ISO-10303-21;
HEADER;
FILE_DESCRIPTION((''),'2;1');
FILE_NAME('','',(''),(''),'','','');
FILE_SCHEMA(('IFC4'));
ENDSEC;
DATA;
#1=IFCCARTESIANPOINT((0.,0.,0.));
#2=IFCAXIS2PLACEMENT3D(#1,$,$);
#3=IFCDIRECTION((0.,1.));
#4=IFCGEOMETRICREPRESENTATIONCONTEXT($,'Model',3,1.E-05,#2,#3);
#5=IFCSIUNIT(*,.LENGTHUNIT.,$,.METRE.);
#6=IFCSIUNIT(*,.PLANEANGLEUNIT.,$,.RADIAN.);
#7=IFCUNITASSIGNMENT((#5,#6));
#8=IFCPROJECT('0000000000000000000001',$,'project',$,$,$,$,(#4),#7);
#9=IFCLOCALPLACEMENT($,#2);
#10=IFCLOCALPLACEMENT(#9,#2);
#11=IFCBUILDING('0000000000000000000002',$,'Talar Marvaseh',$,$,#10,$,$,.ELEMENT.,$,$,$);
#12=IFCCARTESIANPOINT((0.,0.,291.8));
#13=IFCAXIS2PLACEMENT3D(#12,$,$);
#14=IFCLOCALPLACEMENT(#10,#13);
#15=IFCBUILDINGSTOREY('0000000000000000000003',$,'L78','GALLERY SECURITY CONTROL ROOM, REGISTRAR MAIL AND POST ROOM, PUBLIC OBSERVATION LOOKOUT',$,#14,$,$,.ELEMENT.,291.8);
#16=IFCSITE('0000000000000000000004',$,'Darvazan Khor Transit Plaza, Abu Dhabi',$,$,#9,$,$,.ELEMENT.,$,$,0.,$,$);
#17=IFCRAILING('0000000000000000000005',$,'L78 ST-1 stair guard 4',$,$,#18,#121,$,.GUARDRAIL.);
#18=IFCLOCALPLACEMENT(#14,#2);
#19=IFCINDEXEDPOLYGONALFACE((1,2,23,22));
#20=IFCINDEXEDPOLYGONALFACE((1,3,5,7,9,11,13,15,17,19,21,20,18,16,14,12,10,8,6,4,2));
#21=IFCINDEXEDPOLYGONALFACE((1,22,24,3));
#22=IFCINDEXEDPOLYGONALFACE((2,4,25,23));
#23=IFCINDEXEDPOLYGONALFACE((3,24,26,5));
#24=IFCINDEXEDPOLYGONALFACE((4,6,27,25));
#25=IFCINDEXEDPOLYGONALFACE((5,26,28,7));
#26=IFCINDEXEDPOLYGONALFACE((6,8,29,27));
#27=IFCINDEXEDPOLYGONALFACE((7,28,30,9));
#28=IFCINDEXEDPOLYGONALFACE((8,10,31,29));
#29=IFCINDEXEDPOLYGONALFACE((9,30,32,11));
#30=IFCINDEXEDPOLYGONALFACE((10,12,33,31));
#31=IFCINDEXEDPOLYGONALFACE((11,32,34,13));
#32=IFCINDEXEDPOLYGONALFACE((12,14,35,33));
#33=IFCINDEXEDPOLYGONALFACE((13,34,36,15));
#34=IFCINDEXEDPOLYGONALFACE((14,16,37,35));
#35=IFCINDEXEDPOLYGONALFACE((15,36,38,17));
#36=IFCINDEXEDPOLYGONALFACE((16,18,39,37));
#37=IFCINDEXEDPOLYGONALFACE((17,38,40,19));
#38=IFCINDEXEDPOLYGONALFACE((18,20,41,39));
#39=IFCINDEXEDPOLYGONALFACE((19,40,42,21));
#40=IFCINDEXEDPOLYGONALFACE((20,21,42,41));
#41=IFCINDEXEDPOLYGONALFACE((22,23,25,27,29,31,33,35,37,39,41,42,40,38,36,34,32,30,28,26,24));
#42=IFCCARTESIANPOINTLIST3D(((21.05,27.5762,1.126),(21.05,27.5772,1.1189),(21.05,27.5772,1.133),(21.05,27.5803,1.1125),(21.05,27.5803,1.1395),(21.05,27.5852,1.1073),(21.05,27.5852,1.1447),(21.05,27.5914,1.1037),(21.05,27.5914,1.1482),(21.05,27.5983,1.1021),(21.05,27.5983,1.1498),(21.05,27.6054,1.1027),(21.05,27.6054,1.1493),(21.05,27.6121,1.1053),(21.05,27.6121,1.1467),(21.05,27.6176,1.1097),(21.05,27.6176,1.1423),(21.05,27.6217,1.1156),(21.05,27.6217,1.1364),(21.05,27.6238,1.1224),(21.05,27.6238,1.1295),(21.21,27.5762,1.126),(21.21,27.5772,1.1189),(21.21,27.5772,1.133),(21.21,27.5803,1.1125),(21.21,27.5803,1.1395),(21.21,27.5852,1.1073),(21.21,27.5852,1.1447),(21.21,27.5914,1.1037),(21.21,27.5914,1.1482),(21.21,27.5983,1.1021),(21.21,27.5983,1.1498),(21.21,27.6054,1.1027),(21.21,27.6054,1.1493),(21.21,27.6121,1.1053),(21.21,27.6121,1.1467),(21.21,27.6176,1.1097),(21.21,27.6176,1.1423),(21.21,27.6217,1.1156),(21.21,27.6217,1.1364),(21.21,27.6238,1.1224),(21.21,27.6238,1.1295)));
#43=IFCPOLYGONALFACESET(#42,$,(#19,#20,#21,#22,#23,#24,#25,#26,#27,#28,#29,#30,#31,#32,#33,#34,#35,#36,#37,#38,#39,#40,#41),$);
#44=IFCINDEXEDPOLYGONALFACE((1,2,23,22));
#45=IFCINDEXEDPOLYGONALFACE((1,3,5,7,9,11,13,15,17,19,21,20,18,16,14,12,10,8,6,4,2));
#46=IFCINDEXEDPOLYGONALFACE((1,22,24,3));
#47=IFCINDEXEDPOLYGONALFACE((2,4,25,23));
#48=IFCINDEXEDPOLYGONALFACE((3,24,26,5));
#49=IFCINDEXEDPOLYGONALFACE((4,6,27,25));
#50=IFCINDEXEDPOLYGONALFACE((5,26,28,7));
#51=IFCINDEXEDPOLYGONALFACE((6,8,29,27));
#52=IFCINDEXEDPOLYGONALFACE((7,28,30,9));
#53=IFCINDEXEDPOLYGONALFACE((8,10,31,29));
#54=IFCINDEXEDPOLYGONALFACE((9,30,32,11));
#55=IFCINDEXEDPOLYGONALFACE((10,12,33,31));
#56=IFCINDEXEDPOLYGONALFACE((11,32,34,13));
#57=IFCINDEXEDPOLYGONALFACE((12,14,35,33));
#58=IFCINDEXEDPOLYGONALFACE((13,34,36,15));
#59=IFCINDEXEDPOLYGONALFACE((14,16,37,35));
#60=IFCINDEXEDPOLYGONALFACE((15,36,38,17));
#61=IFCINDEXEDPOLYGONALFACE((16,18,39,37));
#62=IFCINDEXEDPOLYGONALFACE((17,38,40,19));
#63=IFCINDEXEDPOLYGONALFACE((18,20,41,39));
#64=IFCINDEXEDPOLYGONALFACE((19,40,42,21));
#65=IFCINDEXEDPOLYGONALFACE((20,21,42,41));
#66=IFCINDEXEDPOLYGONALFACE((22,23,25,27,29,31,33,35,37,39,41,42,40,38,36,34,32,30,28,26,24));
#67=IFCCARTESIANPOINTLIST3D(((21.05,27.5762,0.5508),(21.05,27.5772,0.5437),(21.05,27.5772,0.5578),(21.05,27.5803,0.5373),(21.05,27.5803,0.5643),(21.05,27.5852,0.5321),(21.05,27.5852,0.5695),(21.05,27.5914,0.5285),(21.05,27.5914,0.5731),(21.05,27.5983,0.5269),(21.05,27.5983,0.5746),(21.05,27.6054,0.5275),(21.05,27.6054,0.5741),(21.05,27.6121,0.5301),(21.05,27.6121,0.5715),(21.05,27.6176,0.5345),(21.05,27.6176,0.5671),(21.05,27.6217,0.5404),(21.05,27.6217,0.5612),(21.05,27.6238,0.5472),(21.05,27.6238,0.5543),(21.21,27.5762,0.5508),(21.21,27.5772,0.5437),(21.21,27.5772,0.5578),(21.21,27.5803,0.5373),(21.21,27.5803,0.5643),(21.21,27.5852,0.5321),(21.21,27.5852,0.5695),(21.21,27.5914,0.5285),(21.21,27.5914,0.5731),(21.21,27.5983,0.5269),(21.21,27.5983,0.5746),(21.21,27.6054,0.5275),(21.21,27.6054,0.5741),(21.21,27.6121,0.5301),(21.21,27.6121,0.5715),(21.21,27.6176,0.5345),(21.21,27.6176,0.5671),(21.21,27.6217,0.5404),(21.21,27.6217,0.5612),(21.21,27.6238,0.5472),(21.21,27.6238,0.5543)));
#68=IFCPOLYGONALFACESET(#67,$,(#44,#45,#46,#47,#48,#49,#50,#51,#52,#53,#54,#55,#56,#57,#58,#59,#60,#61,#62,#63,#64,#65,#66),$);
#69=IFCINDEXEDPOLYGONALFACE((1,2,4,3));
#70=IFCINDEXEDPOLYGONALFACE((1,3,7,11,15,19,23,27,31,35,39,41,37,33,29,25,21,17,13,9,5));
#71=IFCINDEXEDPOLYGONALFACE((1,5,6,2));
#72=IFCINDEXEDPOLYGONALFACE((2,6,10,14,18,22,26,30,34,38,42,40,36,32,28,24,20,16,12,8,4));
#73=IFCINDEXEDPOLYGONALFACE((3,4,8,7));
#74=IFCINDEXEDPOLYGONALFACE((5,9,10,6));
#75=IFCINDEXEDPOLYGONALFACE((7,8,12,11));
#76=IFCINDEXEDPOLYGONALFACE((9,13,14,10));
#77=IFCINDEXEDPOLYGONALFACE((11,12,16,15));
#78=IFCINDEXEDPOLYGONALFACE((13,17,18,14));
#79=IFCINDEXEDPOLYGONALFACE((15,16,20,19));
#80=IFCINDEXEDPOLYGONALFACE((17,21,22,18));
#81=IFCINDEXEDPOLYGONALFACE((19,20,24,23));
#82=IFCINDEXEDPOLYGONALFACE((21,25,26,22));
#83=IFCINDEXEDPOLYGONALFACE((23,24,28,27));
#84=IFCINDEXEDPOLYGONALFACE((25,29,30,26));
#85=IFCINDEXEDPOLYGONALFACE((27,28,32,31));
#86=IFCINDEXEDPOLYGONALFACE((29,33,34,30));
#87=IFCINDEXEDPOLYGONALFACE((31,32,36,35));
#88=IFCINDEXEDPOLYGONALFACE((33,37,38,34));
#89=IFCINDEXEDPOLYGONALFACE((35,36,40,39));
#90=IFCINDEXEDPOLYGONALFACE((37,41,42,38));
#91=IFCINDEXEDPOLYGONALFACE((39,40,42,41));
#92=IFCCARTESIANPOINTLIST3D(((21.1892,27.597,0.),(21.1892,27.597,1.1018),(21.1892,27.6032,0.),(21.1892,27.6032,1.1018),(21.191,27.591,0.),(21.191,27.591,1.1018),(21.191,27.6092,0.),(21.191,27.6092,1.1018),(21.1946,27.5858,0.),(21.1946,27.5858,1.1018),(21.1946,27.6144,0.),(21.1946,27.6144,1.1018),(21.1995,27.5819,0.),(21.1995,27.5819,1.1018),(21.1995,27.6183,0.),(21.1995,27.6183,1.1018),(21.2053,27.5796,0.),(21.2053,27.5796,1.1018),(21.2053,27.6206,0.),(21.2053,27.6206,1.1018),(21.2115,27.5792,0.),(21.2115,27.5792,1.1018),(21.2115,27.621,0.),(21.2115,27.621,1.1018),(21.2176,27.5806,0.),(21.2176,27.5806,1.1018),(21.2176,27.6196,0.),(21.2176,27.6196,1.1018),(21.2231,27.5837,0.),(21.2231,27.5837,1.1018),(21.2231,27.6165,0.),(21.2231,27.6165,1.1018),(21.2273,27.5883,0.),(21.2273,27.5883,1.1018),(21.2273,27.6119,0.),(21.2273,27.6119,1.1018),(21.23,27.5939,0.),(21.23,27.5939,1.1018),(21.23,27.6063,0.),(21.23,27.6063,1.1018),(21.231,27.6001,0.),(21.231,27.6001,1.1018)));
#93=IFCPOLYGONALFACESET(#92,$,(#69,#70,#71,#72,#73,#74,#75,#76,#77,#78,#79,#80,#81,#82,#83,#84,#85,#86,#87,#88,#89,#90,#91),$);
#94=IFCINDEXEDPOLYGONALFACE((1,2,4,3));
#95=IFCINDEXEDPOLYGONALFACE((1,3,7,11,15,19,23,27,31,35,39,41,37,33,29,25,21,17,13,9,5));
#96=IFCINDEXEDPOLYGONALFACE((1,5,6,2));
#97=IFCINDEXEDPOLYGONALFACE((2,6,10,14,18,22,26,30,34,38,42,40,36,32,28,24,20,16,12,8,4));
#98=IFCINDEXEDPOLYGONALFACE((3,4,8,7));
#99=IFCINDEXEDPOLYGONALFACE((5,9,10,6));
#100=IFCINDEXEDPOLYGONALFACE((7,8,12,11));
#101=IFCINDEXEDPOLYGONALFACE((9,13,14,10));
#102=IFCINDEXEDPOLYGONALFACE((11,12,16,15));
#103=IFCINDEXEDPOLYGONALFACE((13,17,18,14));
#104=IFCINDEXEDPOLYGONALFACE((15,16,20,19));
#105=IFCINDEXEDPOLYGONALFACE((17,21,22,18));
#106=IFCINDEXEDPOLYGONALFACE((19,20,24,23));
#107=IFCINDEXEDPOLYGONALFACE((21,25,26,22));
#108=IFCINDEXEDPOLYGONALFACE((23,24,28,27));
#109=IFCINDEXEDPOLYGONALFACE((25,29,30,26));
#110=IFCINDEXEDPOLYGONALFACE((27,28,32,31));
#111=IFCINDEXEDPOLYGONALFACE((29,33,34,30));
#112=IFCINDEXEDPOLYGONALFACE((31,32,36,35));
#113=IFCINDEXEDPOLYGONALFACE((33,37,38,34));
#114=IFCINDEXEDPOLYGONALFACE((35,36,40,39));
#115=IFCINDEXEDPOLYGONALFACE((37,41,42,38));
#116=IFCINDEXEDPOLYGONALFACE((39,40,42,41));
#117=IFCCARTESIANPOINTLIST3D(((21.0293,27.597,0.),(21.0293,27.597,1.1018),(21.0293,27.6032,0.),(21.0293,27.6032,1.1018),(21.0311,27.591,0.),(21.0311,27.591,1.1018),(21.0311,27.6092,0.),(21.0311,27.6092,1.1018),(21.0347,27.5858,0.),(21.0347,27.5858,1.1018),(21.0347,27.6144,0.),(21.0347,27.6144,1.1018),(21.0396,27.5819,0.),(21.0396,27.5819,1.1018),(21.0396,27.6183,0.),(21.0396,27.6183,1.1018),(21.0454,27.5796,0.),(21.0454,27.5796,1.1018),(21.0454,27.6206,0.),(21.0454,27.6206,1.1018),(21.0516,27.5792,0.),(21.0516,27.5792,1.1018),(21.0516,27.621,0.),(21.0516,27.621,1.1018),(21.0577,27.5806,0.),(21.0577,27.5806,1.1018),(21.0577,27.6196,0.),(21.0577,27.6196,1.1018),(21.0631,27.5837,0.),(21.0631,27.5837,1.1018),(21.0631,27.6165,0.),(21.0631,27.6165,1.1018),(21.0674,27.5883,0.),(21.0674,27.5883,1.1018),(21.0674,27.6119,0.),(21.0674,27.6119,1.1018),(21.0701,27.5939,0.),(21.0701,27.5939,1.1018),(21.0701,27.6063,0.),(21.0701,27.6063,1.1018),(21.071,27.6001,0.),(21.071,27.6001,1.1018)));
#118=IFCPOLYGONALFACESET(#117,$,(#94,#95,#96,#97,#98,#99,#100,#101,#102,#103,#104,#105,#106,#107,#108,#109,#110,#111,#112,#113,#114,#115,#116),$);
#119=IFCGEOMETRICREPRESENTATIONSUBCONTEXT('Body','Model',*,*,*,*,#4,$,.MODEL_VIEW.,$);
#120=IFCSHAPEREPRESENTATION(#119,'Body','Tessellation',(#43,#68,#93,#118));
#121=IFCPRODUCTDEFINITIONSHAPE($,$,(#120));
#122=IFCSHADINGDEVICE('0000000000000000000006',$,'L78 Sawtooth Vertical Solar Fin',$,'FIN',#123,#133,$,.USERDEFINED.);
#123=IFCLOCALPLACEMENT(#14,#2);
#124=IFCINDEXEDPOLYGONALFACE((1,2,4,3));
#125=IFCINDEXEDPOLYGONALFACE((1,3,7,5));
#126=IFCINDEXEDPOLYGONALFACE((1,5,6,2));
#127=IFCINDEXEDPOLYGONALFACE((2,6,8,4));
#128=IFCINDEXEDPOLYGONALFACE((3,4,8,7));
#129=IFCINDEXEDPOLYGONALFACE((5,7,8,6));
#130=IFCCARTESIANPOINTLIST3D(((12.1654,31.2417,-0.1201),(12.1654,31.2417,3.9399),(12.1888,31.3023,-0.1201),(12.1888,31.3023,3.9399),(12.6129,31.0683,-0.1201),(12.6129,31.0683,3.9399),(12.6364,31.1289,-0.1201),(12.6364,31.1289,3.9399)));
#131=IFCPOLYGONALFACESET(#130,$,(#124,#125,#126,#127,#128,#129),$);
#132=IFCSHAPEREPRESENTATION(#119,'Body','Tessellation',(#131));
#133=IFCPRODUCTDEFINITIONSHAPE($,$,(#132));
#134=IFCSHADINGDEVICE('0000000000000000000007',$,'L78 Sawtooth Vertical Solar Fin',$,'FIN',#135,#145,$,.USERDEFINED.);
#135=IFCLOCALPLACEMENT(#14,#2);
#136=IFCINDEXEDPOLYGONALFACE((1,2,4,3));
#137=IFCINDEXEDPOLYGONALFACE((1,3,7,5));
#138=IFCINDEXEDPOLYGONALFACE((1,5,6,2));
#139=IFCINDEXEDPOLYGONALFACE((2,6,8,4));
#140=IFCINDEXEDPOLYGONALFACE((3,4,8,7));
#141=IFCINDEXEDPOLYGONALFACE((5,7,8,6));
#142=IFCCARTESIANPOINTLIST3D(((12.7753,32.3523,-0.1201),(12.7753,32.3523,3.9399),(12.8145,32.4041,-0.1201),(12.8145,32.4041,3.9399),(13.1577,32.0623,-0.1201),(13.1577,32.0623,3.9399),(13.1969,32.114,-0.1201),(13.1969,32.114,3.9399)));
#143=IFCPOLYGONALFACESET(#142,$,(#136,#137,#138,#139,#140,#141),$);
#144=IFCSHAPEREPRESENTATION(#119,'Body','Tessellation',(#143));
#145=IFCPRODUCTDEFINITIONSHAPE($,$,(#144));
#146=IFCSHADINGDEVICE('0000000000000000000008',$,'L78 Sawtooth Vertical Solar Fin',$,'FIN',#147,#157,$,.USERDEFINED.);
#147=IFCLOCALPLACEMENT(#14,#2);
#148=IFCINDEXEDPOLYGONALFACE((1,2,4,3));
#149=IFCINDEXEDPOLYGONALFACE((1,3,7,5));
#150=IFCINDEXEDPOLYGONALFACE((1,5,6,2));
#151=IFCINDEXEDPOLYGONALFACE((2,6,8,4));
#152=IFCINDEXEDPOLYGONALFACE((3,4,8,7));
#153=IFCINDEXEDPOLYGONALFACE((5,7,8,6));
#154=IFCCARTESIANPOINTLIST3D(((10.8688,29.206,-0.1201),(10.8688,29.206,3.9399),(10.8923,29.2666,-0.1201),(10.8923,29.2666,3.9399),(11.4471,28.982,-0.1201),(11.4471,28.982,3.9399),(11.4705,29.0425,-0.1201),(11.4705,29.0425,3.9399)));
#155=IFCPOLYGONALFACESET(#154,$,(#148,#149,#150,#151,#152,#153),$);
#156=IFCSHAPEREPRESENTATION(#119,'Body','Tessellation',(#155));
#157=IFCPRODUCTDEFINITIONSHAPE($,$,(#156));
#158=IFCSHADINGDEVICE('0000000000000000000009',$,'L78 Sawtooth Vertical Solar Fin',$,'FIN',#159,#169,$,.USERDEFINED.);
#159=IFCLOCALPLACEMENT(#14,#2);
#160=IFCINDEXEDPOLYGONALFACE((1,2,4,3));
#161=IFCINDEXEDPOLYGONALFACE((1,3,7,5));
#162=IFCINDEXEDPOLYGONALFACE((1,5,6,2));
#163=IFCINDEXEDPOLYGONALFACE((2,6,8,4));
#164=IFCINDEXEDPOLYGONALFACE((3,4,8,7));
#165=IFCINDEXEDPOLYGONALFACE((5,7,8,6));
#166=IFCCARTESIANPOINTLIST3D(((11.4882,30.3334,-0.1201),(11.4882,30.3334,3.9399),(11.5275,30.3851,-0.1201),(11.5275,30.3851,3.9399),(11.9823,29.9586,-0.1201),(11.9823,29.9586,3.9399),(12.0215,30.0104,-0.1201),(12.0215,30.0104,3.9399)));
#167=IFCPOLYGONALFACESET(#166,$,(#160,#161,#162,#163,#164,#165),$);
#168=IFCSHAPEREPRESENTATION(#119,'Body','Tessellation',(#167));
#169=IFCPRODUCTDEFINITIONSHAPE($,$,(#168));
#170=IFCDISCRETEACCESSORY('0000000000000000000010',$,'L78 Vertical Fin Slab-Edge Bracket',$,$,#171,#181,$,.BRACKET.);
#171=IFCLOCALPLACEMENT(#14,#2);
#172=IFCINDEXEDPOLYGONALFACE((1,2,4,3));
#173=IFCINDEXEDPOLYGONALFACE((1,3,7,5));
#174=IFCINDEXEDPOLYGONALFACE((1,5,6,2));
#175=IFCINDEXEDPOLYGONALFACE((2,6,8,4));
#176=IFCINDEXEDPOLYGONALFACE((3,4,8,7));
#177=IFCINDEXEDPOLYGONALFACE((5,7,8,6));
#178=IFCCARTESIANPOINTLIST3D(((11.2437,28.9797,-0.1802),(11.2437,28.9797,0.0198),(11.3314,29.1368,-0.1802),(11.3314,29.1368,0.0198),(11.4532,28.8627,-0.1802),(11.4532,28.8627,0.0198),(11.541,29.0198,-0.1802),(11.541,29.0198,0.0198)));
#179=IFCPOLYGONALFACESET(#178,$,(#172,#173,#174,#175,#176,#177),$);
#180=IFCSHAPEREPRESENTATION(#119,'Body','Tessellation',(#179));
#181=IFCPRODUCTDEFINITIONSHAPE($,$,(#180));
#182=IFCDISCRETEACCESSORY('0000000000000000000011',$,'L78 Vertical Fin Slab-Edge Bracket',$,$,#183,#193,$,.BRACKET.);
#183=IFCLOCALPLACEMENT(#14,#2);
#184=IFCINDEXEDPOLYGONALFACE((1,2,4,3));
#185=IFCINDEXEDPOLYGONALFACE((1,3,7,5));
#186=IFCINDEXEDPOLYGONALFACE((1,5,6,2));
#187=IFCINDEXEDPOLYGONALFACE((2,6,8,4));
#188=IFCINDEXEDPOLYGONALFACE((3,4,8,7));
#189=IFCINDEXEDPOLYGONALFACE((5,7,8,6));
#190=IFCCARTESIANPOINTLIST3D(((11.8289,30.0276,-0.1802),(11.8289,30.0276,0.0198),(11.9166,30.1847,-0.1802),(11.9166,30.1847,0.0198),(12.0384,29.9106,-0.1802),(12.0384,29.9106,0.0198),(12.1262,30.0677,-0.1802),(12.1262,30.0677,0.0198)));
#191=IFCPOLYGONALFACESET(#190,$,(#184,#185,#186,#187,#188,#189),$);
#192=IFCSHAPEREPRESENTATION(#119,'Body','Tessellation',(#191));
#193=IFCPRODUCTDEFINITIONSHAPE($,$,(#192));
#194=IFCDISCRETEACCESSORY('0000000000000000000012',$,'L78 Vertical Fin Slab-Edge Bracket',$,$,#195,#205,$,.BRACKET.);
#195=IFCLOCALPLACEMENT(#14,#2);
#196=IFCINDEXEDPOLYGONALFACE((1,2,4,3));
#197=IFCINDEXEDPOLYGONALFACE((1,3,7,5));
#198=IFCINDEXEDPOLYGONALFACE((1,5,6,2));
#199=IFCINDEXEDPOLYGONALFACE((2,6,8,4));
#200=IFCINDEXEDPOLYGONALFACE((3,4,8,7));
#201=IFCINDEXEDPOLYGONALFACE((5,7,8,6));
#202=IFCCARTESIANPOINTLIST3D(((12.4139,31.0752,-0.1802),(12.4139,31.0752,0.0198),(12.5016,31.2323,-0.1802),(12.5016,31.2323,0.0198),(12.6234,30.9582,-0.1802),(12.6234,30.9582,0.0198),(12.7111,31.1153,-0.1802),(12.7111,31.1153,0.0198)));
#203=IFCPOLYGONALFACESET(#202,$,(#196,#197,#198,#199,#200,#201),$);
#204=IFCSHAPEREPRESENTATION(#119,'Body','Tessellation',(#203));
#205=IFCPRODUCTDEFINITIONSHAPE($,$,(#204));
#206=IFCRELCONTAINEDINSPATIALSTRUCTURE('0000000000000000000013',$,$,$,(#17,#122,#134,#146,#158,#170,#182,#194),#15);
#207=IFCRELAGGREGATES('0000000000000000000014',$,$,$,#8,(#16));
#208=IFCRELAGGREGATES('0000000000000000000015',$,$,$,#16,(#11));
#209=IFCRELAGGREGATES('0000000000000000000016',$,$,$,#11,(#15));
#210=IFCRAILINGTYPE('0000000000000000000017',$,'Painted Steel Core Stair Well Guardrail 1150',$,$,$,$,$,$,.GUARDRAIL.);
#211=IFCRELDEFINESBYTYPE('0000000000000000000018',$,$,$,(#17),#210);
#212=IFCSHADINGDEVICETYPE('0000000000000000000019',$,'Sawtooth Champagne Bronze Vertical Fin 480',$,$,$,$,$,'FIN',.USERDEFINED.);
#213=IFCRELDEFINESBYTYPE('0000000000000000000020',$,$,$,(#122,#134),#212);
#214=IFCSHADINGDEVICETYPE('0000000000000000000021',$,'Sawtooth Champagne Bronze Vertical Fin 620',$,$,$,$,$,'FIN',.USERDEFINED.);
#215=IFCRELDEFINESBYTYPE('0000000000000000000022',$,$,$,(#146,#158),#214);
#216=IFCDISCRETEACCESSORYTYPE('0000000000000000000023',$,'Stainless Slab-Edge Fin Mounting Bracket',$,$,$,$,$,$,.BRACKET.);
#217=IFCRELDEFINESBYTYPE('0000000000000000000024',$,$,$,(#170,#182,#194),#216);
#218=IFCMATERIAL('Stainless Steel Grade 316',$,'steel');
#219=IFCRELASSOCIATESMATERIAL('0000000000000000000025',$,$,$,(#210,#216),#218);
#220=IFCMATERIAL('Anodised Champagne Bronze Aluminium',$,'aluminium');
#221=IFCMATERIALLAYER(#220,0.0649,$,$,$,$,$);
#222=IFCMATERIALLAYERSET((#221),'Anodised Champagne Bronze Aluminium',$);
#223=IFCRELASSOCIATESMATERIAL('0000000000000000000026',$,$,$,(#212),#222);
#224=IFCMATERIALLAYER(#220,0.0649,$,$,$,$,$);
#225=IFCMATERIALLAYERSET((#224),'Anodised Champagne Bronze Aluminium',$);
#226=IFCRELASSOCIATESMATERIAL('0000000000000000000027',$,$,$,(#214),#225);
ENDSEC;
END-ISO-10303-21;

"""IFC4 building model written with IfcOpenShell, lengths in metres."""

from ifc_helpers import new_model, si_unit, direction, frame, origin, origin_2d, place, context, subcontext, project, spatial, rectangle, circle, extrude, source, transform, mapped, material, layer, layer_set, type_object, type_shapes, element, save


model = new_model("IFC4")

# Units and contexts
model_context = context("Model", 3, precision=1e-05, world=origin(), true_north=direction((0.0, 1.0)))
body_context = subcontext(model_context, "Body", "Model", "MODEL_VIEW")
ifc_project = project(units=[si_unit("LENGTHUNIT", "METRE"), si_unit("PLANEANGLEUNIT", "RADIAN")], contexts=[model_context])

# Site, building, storey
site_placement = place(None, origin())
site = spatial("IfcSite", under=ifc_project, at=site_placement, Name="Darvazan Khor Transit Plaza, Abu Dhabi", CompositionType="ELEMENT", RefElevation=0.0)
building_placement = place(site_placement, origin())
building = spatial("IfcBuilding", under=site, at=building_placement, Name="Talar Marvaseh", CompositionType="ELEMENT")
storey_placement = place(building_placement, frame((0.0, 0.0, 291.8)))
storey = spatial("IfcBuildingStorey", under=building, at=storey_placement, Name="L78", Description="GALLERY SECURITY CONTROL ROOM, REGISTRAR MAIL AND POST ROOM, PUBLIC OBSERVATION LOOKOUT", CompositionType="ELEMENT", Elevation=291.8)

# Railing
ifc_material_1 = material(Name="Stainless Steel Grade 316", Category="steel")
railing_type_1 = type_object("IfcRailingType", Name="Painted Steel Core Stair Well Guardrail 1150", PredefinedType="GUARDRAIL", material=ifc_material_1)
railing_1_placement = place(storey_placement, frame((21.21, 27.6001, 0.0)))
element("IfcRailing", 1, at=railing_1_placement, inside=storey, type_object=railing_type_1, Name="L78 ST-1 stair guard 4", PredefinedType="GUARDRAIL", context=body_context, shape_type="SweptSolid", body=[
    extrude(circle(Radius=0.0239, at=origin_2d()), frame((0.0, 0.0, 1.126), z_axis=(-1.0, 0.0, 0.0), x_axis=(0.0, -1.0, 0.0)), (0.0, 0.0, 1.0), 0.1599),
    extrude(circle(Radius=0.0239, at=origin_2d()), frame((0.0, 0.0, 0.5508), z_axis=(-1.0, 0.0, 0.0), x_axis=(0.0, -1.0, 0.0)), (0.0, 0.0, 1.0), 0.1599),
    extrude(circle(Radius=0.021, at=origin_2d()), origin(), (0.0, 0.0, 1.0), 1.1018),
    extrude(circle(Radius=0.021, at=origin_2d()), frame((-0.1599, 0.0, 0.0)), (0.0, 0.0, 1.0), 1.1018),
])

# Shading devices
ifc_material_2 = material(Name="Anodised Champagne Bronze Aluminium", Category="aluminium")
ifc_layer_1 = layer(ifc_material_2, 0.0649)
ifc_layer_set_1 = layer_set([ifc_layer_1], Name="Anodised Champagne Bronze Aluminium")
shading_device_type_1 = type_object("IfcShadingDeviceType", Name="Sawtooth Champagne Bronze Vertical Fin 480", ElementType="FIN", PredefinedType="USERDEFINED", material=ifc_layer_set_1)
shared_shape_1 = source(origin(), body_context, "Body", "SweptSolid", [
    extrude(rectangle(XDim=0.48, YDim=0.0649, at=origin_2d()), origin(), (0.0, 0.0, 1.0), 4.0601),
])
type_shapes(shading_device_type_1, [shared_shape_1])
for number, where, z_axis, x_axis, name in (
    (2, (12.4009, 31.1853, -0.1201), (0.0, 0.0, 1.0), (-0.93245, 0.361299, 0.0), "L78 Sawtooth Vertical Solar Fin"),
    (3, (12.9861, 32.2332, -0.1201), (0.0, 0.0, 1.0), (-0.796741, 0.604321, 0.0), "L78 Sawtooth Vertical Solar Fin"),
):
    element("IfcShadingDevice", number, at=place(storey_placement, frame(where, z_axis=z_axis, x_axis=x_axis)), inside=storey, type_object=shading_device_type_1, Name=name, ObjectType="FIN", PredefinedType="USERDEFINED", context=body_context, shape_type="MappedRepresentation", body=[
        mapped(shared_shape_1, transform((0.0, 0.0, 0.0), x_axis=(1.0, 0.0, 0.0), y_axis=(0.0, 1.0, 0.0), z_axis=(0.0, 0.0, 1.0), scale=1.0)),
    ])
ifc_layer_2 = layer(ifc_material_2, 0.0649)
ifc_layer_set_2 = layer_set([ifc_layer_2], Name="Anodised Champagne Bronze Aluminium")
shading_device_type_2 = type_object("IfcShadingDeviceType", Name="Sawtooth Champagne Bronze Vertical Fin 620", ElementType="FIN", PredefinedType="USERDEFINED", material=ifc_layer_set_2)
shared_shape_2 = source(origin(), body_context, "Body", "SweptSolid", [
    extrude(rectangle(XDim=0.6201, YDim=0.0649, at=origin_2d()), origin(), (0.0, 0.0, 1.0), 4.0601),
])
type_shapes(shading_device_type_2, [shared_shape_2])
for number, where, z_axis, x_axis, name in (
    (4, (11.1697, 29.1243, -0.1201), (0.0, 0.0, 1.0), (-0.93245, 0.361299, 0.0), "L78 Sawtooth Vertical Solar Fin"),
    (5, (11.7549, 30.1719, -0.1201), (0.0, 0.0, 1.0), (-0.796741, 0.604321, 0.0), "L78 Sawtooth Vertical Solar Fin"),
):
    element("IfcShadingDevice", number, at=place(storey_placement, frame(where, z_axis=z_axis, x_axis=x_axis)), inside=storey, type_object=shading_device_type_2, Name=name, ObjectType="FIN", PredefinedType="USERDEFINED", context=body_context, shape_type="MappedRepresentation", body=[
        mapped(shared_shape_2, transform((0.0, 0.0, 0.0), x_axis=(1.0, 0.0, 0.0), y_axis=(0.0, 1.0, 0.0), z_axis=(0.0, 0.0, 1.0), scale=1.0)),
    ])

# Discrete accessories
discrete_accessory_type = type_object("IfcDiscreteAccessoryType", Name="Stainless Slab-Edge Fin Mounting Bracket", PredefinedType="BRACKET", material=ifc_material_1)
shared_shape_3 = source(origin(), body_context, "Body", "SweptSolid", [
    extrude(rectangle(XDim=0.24, YDim=0.1799, at=origin_2d()), origin(), (0.0, 0.0, 1.0), 0.2),
])
type_shapes(discrete_accessory_type, [shared_shape_3])
for number, where, z_axis, x_axis, name in (
    (6, (11.3923, 28.9998, -0.1802), (0.0, 0.0, 1.0), (-0.873092, 0.487555, 0.0), "L78 Vertical Fin Slab-Edge Bracket"),
    (7, (11.9775, 30.0476, -0.1802), (0.0, 0.0, 1.0), (-0.873092, 0.487555, 0.0), "L78 Vertical Fin Slab-Edge Bracket"),
    (8, (12.5625, 31.0952, -0.1802), (0.0, 0.0, 1.0), (-0.873092, 0.487555, 0.0), "L78 Vertical Fin Slab-Edge Bracket"),
):
    element("IfcDiscreteAccessory", number, at=place(storey_placement, frame(where, z_axis=z_axis, x_axis=x_axis)), inside=storey, type_object=discrete_accessory_type, Name=name, PredefinedType="BRACKET", context=body_context, shape_type="MappedRepresentation", body=[
        mapped(shared_shape_3, transform((0.0, 0.0, 0.0), x_axis=(1.0, 0.0, 0.0), y_axis=(0.0, 1.0, 0.0), z_axis=(0.0, 0.0, 1.0), scale=1.0)),
    ])

save(model, "model.ifc")
